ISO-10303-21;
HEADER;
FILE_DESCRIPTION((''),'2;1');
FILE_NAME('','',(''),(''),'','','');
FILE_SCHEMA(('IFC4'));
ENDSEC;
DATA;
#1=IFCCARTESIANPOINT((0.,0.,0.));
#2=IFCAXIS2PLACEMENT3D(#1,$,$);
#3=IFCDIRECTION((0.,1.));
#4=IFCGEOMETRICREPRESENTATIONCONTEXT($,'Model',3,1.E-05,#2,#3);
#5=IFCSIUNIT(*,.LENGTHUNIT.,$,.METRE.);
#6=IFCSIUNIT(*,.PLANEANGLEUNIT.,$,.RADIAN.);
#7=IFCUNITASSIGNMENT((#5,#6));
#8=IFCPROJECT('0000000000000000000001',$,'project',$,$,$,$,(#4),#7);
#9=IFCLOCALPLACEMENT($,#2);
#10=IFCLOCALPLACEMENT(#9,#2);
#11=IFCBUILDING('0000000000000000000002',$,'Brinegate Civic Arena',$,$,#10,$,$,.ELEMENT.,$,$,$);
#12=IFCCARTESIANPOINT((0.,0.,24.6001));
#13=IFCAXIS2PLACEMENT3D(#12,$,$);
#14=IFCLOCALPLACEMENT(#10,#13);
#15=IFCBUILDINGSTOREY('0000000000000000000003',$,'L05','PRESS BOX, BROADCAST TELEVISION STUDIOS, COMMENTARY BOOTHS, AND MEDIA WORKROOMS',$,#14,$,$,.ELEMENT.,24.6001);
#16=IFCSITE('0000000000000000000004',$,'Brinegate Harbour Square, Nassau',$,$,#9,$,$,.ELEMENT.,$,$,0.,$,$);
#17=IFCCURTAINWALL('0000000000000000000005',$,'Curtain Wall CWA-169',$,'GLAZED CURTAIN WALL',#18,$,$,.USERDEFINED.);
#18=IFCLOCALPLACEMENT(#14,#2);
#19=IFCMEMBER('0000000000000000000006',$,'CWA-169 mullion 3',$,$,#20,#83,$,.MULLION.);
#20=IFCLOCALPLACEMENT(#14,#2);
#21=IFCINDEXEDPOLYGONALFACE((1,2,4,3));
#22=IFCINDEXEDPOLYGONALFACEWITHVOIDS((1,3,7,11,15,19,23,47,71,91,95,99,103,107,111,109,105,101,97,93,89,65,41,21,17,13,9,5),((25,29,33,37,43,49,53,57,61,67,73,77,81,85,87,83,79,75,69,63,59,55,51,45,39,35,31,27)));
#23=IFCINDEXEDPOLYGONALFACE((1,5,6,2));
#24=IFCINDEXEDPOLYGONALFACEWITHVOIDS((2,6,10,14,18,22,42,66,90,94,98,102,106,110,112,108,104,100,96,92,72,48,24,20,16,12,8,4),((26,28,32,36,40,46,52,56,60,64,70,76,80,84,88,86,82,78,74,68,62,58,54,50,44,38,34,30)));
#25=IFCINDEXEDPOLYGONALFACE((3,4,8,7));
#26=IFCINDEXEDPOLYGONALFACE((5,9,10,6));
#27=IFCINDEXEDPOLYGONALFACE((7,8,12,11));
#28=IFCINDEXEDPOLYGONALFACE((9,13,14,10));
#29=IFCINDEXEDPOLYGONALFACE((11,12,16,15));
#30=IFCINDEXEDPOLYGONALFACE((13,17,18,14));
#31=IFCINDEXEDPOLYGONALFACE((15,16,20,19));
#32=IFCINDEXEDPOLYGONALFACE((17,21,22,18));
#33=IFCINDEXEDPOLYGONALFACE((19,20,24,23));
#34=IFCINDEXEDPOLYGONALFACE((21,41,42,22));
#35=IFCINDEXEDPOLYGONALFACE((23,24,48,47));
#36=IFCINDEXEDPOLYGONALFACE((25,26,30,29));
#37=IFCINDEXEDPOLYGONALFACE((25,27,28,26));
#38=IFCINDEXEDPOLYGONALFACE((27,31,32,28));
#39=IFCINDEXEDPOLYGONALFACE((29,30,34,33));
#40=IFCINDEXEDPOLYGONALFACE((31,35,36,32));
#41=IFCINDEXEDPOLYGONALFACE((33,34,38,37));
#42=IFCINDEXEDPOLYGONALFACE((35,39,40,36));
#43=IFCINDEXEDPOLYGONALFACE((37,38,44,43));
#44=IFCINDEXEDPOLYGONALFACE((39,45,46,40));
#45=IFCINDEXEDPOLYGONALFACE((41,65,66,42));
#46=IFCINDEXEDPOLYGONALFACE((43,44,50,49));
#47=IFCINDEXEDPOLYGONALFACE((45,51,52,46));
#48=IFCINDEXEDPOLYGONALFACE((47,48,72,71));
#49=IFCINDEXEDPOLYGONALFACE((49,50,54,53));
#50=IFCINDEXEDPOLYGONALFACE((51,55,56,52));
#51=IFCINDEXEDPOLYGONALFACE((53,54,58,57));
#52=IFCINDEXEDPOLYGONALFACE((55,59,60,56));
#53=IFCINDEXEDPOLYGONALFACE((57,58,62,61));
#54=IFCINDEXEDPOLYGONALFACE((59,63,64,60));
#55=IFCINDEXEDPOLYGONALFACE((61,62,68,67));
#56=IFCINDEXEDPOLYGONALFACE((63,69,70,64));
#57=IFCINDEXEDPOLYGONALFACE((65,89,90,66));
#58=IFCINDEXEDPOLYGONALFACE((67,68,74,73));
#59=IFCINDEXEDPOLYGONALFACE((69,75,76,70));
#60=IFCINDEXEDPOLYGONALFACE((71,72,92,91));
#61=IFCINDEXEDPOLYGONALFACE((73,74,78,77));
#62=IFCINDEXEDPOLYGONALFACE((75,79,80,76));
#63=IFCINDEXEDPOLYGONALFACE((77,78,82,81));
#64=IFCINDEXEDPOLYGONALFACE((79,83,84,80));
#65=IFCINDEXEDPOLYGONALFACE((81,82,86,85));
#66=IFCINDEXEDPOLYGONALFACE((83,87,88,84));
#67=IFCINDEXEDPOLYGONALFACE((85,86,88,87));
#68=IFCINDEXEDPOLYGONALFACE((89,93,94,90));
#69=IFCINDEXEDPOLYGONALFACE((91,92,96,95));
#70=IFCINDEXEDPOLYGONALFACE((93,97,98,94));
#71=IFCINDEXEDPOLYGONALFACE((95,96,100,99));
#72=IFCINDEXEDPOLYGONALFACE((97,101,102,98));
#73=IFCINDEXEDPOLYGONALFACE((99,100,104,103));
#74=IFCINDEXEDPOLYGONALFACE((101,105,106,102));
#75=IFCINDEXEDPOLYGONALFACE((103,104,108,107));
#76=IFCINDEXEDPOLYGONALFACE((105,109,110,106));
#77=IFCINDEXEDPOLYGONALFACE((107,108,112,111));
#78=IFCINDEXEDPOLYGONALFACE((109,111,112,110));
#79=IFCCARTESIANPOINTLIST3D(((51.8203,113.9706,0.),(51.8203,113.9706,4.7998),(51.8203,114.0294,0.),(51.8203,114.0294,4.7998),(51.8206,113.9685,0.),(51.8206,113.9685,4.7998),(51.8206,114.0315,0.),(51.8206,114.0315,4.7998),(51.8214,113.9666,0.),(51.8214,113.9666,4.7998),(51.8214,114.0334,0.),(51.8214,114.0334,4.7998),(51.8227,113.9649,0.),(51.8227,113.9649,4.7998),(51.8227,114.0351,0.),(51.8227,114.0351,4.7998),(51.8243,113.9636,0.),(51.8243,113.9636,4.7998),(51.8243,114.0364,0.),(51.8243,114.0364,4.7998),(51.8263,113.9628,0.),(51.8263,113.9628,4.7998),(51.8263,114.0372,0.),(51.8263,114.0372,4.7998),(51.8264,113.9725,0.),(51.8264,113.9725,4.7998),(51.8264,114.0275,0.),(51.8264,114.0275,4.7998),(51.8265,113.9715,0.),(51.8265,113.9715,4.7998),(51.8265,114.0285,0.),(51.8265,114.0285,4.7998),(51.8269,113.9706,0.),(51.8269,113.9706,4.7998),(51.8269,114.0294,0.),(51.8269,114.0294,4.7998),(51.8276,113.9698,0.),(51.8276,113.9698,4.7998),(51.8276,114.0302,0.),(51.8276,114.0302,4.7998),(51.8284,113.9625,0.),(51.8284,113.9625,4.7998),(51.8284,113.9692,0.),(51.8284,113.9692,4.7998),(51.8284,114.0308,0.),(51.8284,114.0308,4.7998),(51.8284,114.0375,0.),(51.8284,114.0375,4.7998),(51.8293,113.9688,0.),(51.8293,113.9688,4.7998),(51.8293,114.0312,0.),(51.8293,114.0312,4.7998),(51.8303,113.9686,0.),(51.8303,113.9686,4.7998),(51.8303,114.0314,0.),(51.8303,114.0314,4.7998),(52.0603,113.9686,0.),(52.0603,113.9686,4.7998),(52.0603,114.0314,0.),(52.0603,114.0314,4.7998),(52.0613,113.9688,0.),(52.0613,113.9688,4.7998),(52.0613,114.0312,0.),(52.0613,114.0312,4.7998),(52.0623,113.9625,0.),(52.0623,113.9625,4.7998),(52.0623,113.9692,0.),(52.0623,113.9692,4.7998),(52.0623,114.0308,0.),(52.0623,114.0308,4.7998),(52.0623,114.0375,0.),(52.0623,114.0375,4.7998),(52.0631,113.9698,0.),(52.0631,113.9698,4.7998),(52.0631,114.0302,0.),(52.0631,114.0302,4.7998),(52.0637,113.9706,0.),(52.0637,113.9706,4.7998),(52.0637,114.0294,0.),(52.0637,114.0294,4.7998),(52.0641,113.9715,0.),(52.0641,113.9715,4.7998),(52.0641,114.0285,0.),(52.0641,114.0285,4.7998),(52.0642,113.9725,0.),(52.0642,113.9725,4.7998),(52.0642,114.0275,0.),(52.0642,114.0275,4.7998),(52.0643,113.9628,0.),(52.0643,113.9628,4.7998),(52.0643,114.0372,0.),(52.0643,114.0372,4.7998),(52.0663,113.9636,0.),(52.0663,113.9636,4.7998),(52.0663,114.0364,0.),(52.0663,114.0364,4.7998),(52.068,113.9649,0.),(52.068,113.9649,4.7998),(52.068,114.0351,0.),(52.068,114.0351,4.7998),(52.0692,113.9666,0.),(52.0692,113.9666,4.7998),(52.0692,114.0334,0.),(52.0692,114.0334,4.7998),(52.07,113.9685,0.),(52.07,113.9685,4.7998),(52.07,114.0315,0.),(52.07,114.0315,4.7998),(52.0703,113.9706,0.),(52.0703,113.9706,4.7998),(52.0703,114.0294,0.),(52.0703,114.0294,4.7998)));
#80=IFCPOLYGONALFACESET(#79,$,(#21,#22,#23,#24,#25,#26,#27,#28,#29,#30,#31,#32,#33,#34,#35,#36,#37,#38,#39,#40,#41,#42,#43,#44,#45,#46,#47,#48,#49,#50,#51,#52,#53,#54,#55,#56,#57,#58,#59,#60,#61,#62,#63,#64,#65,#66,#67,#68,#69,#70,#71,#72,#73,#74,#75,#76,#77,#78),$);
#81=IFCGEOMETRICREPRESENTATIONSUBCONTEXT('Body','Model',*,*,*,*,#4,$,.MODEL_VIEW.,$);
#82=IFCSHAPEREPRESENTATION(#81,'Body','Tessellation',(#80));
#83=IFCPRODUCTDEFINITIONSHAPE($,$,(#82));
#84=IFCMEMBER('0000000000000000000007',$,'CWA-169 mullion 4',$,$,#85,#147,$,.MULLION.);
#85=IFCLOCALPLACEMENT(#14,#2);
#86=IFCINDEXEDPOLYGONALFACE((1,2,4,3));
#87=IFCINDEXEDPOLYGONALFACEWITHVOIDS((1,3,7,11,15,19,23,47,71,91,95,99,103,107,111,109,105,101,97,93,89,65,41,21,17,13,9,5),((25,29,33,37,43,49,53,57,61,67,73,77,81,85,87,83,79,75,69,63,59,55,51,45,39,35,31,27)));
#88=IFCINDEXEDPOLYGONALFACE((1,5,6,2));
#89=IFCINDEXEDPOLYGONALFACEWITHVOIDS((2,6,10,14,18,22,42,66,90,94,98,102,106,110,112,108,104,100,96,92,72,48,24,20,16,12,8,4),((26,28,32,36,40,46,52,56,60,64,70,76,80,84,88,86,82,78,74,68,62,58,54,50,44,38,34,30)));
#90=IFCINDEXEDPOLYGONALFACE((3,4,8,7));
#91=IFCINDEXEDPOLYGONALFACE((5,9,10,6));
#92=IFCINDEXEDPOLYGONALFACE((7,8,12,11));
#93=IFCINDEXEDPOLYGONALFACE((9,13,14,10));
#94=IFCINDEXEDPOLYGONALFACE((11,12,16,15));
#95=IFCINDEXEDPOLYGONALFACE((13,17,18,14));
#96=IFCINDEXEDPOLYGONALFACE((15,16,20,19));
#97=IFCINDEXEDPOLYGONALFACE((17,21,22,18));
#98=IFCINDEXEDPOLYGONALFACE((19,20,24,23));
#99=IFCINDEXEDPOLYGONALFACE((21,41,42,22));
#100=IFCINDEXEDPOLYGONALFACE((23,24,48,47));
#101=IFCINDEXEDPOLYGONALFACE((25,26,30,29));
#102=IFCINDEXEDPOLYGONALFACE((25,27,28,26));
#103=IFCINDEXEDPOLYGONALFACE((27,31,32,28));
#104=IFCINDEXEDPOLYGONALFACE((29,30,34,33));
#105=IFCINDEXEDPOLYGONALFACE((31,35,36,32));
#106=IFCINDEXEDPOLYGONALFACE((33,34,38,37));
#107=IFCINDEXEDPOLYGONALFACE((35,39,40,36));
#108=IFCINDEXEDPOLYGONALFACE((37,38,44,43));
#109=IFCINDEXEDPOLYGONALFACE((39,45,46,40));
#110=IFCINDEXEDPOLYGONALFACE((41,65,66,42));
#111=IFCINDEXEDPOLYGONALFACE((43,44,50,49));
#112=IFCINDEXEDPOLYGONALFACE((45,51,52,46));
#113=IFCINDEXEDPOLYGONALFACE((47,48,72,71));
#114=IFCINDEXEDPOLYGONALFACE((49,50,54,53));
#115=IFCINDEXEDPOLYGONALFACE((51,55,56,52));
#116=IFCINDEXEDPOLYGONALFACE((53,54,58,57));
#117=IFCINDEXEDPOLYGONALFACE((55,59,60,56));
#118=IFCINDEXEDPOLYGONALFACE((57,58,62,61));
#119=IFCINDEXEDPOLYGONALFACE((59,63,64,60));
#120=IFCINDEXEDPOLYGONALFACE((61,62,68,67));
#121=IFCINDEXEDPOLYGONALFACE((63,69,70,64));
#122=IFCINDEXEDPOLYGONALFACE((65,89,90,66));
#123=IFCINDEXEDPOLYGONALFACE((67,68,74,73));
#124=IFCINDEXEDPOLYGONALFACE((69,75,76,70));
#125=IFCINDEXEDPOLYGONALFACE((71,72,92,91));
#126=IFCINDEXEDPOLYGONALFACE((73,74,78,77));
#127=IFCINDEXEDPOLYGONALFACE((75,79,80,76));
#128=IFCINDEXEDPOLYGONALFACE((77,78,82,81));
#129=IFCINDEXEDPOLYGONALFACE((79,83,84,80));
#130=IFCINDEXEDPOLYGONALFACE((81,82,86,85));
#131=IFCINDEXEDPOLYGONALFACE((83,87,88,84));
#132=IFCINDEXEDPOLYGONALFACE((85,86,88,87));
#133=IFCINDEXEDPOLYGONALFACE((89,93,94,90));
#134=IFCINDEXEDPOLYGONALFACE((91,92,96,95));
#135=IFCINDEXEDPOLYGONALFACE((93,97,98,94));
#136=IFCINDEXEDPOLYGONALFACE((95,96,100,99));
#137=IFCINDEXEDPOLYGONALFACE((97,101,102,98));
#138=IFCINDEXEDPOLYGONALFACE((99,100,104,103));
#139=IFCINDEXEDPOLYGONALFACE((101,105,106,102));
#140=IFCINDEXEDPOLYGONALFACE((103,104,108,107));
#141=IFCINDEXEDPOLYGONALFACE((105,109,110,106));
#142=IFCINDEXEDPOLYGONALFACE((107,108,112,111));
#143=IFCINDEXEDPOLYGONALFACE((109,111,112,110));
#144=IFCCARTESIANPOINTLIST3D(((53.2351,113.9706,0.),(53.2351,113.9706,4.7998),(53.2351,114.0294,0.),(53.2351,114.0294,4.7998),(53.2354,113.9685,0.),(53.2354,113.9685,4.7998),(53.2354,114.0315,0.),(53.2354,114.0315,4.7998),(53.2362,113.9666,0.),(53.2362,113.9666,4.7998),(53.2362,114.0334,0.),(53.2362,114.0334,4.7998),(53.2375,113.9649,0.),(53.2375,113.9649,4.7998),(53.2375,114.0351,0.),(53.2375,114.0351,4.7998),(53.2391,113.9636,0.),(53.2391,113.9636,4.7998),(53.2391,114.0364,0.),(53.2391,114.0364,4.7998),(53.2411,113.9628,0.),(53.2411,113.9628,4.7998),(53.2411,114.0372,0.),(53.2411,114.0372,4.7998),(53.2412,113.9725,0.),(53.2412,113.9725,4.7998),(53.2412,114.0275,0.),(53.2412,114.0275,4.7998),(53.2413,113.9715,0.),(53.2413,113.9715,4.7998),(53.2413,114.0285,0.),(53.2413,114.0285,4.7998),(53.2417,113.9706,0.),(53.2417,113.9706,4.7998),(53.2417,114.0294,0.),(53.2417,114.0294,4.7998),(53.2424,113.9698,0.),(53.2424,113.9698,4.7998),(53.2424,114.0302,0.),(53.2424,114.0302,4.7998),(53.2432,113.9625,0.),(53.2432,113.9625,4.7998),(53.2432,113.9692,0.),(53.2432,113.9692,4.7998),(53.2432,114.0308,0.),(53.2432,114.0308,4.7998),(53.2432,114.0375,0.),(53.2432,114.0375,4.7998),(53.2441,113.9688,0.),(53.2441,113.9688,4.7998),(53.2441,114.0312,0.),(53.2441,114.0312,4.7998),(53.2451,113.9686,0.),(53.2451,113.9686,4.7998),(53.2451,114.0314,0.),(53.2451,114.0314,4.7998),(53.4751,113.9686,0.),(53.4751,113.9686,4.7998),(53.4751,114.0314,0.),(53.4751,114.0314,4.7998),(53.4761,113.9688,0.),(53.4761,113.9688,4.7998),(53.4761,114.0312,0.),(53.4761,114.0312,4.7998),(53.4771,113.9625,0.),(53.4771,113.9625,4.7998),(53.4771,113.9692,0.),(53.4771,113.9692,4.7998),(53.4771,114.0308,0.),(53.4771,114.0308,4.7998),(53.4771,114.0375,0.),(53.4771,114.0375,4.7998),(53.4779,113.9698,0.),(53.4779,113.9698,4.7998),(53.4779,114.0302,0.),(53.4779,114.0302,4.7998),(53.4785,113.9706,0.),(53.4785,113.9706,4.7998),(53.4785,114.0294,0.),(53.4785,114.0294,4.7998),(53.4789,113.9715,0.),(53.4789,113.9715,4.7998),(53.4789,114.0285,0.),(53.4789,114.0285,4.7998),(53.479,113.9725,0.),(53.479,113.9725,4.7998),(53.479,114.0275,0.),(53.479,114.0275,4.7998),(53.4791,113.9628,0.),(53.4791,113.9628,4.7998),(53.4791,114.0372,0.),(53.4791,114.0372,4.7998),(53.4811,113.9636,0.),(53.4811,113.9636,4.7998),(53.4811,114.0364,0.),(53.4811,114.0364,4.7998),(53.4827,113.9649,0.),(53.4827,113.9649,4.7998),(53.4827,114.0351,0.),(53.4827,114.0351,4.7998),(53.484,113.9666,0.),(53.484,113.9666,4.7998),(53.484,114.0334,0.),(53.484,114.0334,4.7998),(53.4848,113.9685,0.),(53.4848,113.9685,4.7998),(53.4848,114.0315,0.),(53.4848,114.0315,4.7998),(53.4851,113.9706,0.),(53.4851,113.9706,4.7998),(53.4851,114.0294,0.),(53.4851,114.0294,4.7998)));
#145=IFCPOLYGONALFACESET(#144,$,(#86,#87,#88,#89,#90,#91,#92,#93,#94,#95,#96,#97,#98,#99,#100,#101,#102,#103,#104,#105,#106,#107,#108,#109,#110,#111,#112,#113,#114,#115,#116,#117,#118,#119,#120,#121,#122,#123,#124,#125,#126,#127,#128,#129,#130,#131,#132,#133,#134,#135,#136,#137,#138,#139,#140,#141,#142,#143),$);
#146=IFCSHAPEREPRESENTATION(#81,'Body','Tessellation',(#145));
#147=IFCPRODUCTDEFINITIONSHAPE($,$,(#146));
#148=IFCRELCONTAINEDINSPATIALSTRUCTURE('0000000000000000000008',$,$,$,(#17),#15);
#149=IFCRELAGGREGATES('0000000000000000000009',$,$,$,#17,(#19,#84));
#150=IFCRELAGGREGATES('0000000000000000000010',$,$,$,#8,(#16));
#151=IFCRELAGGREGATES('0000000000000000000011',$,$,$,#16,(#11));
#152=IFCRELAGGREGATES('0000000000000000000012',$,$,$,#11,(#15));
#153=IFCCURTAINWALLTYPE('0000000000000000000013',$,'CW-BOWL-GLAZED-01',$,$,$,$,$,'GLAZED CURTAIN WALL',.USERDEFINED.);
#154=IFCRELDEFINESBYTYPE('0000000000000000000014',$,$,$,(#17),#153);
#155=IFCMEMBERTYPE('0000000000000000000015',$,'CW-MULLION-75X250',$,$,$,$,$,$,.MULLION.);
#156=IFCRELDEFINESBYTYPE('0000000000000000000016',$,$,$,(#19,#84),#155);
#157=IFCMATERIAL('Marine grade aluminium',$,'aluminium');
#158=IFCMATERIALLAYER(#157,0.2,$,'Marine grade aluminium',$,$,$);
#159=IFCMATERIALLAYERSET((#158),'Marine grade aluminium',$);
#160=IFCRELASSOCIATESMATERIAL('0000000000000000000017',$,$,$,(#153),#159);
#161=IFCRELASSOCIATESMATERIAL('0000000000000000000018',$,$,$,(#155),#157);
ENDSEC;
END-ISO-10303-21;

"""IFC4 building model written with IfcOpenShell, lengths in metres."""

from ifc_helpers import new_model, si_unit, direction, frame, origin, origin_2d, place, context, subcontext, project, spatial, hollow_rectangle, extrude, material, layer, layer_set, material_profile, profile_set, type_object, element, aggregate, save


model = new_model("IFC4")

# Units and contexts
model_context = context("Model", 3, precision=1e-05, world=origin(), true_north=direction((0.0, 1.0)))
body_context = subcontext(model_context, "Body", "Model", "MODEL_VIEW")
ifc_project = project(units=[si_unit("LENGTHUNIT", "METRE"), si_unit("PLANEANGLEUNIT", "RADIAN")], contexts=[model_context])

# Site, building, storey
site_placement = place(None, origin())
site = spatial("IfcSite", under=ifc_project, at=site_placement, Name="Brinegate Harbour Square, Nassau", CompositionType="ELEMENT", RefElevation=0.0)
building_placement = place(site_placement, origin())
building = spatial("IfcBuilding", under=site, at=building_placement, Name="Brinegate Civic Arena", CompositionType="ELEMENT")
storey_placement = place(building_placement, frame((0.0, 0.0, 24.6001)))
storey = spatial("IfcBuildingStorey", under=building, at=storey_placement, Name="L05", Description="PRESS BOX, BROADCAST TELEVISION STUDIOS, COMMENTARY BOOTHS, AND MEDIA WORKROOMS", CompositionType="ELEMENT", Elevation=24.6001)

# Curtain wall, members
ifc_material_1 = material(Name="Marine grade aluminium", Category="aluminium")
ifc_layer_1 = layer(ifc_material_1, 0.2, Name="Marine grade aluminium")
ifc_layer_set_1 = layer_set([ifc_layer_1], Name="Marine grade aluminium")
curtain_wall_type = type_object("IfcCurtainWallType", Name="CW-BOWL-GLAZED-01", ElementType="GLAZED CURTAIN WALL", PredefinedType="USERDEFINED", material=ifc_layer_set_1)
curtain_wall_1_placement = place(storey_placement, origin())
curtain_wall_1 = element("IfcCurtainWall", 1, at=curtain_wall_1_placement, inside=storey, type_object=curtain_wall_type, Name="Curtain Wall CWA-169", ObjectType="GLAZED CURTAIN WALL", PredefinedType="USERDEFINED")
ifc_material_profile_1 = material_profile(ifc_material_1, hollow_rectangle(XDim=0.075, YDim=0.25, WallThickness=0.0061, InnerFilletRadius=0.0039, OuterFilletRadius=0.0081, at=origin_2d()), Name="MUL75X250")
ifc_profile_set_1 = profile_set([ifc_material_profile_1], Name="Marine grade aluminium")
member_type_1 = type_object("IfcMemberType", Name="CW-MULLION-75X250", PredefinedType="MULLION", material=ifc_profile_set_1)
member_1_placement = place(storey_placement, frame((51.9453, 114.0, 0.0), z_axis=(0.0, 0.0, 1.0), x_axis=(0.0, 1.0, 0.0)))
member_1 = element("IfcMember", 2, at=member_1_placement, type_object=member_type_1, Name="CWA-169 mullion 3", PredefinedType="MULLION", context=body_context, shape_type="SweptSolid", body=[
    extrude(hollow_rectangle(XDim=0.075, YDim=0.25, WallThickness=0.0061, InnerFilletRadius=0.0039, OuterFilletRadius=0.0081, at=origin_2d()), origin(), (0.0, 0.0, 1.0), 4.7998),
])
member_2_placement = place(storey_placement, frame((53.3601, 114.0, 0.0), z_axis=(0.0, 0.0, 1.0), x_axis=(0.0, 1.0, 0.0)))
member_2 = element("IfcMember", 3, at=member_2_placement, type_object=member_type_1, Name="CWA-169 mullion 4", PredefinedType="MULLION", context=body_context, shape_type="SweptSolid", body=[
    extrude(hollow_rectangle(XDim=0.075, YDim=0.25, WallThickness=0.0061, InnerFilletRadius=0.0039, OuterFilletRadius=0.0081, at=origin_2d()), origin(), (0.0, 0.0, 1.0), 4.7998),
])

aggregate(curtain_wall_1, [member_1, member_2])

save(model, "model.ifc")
